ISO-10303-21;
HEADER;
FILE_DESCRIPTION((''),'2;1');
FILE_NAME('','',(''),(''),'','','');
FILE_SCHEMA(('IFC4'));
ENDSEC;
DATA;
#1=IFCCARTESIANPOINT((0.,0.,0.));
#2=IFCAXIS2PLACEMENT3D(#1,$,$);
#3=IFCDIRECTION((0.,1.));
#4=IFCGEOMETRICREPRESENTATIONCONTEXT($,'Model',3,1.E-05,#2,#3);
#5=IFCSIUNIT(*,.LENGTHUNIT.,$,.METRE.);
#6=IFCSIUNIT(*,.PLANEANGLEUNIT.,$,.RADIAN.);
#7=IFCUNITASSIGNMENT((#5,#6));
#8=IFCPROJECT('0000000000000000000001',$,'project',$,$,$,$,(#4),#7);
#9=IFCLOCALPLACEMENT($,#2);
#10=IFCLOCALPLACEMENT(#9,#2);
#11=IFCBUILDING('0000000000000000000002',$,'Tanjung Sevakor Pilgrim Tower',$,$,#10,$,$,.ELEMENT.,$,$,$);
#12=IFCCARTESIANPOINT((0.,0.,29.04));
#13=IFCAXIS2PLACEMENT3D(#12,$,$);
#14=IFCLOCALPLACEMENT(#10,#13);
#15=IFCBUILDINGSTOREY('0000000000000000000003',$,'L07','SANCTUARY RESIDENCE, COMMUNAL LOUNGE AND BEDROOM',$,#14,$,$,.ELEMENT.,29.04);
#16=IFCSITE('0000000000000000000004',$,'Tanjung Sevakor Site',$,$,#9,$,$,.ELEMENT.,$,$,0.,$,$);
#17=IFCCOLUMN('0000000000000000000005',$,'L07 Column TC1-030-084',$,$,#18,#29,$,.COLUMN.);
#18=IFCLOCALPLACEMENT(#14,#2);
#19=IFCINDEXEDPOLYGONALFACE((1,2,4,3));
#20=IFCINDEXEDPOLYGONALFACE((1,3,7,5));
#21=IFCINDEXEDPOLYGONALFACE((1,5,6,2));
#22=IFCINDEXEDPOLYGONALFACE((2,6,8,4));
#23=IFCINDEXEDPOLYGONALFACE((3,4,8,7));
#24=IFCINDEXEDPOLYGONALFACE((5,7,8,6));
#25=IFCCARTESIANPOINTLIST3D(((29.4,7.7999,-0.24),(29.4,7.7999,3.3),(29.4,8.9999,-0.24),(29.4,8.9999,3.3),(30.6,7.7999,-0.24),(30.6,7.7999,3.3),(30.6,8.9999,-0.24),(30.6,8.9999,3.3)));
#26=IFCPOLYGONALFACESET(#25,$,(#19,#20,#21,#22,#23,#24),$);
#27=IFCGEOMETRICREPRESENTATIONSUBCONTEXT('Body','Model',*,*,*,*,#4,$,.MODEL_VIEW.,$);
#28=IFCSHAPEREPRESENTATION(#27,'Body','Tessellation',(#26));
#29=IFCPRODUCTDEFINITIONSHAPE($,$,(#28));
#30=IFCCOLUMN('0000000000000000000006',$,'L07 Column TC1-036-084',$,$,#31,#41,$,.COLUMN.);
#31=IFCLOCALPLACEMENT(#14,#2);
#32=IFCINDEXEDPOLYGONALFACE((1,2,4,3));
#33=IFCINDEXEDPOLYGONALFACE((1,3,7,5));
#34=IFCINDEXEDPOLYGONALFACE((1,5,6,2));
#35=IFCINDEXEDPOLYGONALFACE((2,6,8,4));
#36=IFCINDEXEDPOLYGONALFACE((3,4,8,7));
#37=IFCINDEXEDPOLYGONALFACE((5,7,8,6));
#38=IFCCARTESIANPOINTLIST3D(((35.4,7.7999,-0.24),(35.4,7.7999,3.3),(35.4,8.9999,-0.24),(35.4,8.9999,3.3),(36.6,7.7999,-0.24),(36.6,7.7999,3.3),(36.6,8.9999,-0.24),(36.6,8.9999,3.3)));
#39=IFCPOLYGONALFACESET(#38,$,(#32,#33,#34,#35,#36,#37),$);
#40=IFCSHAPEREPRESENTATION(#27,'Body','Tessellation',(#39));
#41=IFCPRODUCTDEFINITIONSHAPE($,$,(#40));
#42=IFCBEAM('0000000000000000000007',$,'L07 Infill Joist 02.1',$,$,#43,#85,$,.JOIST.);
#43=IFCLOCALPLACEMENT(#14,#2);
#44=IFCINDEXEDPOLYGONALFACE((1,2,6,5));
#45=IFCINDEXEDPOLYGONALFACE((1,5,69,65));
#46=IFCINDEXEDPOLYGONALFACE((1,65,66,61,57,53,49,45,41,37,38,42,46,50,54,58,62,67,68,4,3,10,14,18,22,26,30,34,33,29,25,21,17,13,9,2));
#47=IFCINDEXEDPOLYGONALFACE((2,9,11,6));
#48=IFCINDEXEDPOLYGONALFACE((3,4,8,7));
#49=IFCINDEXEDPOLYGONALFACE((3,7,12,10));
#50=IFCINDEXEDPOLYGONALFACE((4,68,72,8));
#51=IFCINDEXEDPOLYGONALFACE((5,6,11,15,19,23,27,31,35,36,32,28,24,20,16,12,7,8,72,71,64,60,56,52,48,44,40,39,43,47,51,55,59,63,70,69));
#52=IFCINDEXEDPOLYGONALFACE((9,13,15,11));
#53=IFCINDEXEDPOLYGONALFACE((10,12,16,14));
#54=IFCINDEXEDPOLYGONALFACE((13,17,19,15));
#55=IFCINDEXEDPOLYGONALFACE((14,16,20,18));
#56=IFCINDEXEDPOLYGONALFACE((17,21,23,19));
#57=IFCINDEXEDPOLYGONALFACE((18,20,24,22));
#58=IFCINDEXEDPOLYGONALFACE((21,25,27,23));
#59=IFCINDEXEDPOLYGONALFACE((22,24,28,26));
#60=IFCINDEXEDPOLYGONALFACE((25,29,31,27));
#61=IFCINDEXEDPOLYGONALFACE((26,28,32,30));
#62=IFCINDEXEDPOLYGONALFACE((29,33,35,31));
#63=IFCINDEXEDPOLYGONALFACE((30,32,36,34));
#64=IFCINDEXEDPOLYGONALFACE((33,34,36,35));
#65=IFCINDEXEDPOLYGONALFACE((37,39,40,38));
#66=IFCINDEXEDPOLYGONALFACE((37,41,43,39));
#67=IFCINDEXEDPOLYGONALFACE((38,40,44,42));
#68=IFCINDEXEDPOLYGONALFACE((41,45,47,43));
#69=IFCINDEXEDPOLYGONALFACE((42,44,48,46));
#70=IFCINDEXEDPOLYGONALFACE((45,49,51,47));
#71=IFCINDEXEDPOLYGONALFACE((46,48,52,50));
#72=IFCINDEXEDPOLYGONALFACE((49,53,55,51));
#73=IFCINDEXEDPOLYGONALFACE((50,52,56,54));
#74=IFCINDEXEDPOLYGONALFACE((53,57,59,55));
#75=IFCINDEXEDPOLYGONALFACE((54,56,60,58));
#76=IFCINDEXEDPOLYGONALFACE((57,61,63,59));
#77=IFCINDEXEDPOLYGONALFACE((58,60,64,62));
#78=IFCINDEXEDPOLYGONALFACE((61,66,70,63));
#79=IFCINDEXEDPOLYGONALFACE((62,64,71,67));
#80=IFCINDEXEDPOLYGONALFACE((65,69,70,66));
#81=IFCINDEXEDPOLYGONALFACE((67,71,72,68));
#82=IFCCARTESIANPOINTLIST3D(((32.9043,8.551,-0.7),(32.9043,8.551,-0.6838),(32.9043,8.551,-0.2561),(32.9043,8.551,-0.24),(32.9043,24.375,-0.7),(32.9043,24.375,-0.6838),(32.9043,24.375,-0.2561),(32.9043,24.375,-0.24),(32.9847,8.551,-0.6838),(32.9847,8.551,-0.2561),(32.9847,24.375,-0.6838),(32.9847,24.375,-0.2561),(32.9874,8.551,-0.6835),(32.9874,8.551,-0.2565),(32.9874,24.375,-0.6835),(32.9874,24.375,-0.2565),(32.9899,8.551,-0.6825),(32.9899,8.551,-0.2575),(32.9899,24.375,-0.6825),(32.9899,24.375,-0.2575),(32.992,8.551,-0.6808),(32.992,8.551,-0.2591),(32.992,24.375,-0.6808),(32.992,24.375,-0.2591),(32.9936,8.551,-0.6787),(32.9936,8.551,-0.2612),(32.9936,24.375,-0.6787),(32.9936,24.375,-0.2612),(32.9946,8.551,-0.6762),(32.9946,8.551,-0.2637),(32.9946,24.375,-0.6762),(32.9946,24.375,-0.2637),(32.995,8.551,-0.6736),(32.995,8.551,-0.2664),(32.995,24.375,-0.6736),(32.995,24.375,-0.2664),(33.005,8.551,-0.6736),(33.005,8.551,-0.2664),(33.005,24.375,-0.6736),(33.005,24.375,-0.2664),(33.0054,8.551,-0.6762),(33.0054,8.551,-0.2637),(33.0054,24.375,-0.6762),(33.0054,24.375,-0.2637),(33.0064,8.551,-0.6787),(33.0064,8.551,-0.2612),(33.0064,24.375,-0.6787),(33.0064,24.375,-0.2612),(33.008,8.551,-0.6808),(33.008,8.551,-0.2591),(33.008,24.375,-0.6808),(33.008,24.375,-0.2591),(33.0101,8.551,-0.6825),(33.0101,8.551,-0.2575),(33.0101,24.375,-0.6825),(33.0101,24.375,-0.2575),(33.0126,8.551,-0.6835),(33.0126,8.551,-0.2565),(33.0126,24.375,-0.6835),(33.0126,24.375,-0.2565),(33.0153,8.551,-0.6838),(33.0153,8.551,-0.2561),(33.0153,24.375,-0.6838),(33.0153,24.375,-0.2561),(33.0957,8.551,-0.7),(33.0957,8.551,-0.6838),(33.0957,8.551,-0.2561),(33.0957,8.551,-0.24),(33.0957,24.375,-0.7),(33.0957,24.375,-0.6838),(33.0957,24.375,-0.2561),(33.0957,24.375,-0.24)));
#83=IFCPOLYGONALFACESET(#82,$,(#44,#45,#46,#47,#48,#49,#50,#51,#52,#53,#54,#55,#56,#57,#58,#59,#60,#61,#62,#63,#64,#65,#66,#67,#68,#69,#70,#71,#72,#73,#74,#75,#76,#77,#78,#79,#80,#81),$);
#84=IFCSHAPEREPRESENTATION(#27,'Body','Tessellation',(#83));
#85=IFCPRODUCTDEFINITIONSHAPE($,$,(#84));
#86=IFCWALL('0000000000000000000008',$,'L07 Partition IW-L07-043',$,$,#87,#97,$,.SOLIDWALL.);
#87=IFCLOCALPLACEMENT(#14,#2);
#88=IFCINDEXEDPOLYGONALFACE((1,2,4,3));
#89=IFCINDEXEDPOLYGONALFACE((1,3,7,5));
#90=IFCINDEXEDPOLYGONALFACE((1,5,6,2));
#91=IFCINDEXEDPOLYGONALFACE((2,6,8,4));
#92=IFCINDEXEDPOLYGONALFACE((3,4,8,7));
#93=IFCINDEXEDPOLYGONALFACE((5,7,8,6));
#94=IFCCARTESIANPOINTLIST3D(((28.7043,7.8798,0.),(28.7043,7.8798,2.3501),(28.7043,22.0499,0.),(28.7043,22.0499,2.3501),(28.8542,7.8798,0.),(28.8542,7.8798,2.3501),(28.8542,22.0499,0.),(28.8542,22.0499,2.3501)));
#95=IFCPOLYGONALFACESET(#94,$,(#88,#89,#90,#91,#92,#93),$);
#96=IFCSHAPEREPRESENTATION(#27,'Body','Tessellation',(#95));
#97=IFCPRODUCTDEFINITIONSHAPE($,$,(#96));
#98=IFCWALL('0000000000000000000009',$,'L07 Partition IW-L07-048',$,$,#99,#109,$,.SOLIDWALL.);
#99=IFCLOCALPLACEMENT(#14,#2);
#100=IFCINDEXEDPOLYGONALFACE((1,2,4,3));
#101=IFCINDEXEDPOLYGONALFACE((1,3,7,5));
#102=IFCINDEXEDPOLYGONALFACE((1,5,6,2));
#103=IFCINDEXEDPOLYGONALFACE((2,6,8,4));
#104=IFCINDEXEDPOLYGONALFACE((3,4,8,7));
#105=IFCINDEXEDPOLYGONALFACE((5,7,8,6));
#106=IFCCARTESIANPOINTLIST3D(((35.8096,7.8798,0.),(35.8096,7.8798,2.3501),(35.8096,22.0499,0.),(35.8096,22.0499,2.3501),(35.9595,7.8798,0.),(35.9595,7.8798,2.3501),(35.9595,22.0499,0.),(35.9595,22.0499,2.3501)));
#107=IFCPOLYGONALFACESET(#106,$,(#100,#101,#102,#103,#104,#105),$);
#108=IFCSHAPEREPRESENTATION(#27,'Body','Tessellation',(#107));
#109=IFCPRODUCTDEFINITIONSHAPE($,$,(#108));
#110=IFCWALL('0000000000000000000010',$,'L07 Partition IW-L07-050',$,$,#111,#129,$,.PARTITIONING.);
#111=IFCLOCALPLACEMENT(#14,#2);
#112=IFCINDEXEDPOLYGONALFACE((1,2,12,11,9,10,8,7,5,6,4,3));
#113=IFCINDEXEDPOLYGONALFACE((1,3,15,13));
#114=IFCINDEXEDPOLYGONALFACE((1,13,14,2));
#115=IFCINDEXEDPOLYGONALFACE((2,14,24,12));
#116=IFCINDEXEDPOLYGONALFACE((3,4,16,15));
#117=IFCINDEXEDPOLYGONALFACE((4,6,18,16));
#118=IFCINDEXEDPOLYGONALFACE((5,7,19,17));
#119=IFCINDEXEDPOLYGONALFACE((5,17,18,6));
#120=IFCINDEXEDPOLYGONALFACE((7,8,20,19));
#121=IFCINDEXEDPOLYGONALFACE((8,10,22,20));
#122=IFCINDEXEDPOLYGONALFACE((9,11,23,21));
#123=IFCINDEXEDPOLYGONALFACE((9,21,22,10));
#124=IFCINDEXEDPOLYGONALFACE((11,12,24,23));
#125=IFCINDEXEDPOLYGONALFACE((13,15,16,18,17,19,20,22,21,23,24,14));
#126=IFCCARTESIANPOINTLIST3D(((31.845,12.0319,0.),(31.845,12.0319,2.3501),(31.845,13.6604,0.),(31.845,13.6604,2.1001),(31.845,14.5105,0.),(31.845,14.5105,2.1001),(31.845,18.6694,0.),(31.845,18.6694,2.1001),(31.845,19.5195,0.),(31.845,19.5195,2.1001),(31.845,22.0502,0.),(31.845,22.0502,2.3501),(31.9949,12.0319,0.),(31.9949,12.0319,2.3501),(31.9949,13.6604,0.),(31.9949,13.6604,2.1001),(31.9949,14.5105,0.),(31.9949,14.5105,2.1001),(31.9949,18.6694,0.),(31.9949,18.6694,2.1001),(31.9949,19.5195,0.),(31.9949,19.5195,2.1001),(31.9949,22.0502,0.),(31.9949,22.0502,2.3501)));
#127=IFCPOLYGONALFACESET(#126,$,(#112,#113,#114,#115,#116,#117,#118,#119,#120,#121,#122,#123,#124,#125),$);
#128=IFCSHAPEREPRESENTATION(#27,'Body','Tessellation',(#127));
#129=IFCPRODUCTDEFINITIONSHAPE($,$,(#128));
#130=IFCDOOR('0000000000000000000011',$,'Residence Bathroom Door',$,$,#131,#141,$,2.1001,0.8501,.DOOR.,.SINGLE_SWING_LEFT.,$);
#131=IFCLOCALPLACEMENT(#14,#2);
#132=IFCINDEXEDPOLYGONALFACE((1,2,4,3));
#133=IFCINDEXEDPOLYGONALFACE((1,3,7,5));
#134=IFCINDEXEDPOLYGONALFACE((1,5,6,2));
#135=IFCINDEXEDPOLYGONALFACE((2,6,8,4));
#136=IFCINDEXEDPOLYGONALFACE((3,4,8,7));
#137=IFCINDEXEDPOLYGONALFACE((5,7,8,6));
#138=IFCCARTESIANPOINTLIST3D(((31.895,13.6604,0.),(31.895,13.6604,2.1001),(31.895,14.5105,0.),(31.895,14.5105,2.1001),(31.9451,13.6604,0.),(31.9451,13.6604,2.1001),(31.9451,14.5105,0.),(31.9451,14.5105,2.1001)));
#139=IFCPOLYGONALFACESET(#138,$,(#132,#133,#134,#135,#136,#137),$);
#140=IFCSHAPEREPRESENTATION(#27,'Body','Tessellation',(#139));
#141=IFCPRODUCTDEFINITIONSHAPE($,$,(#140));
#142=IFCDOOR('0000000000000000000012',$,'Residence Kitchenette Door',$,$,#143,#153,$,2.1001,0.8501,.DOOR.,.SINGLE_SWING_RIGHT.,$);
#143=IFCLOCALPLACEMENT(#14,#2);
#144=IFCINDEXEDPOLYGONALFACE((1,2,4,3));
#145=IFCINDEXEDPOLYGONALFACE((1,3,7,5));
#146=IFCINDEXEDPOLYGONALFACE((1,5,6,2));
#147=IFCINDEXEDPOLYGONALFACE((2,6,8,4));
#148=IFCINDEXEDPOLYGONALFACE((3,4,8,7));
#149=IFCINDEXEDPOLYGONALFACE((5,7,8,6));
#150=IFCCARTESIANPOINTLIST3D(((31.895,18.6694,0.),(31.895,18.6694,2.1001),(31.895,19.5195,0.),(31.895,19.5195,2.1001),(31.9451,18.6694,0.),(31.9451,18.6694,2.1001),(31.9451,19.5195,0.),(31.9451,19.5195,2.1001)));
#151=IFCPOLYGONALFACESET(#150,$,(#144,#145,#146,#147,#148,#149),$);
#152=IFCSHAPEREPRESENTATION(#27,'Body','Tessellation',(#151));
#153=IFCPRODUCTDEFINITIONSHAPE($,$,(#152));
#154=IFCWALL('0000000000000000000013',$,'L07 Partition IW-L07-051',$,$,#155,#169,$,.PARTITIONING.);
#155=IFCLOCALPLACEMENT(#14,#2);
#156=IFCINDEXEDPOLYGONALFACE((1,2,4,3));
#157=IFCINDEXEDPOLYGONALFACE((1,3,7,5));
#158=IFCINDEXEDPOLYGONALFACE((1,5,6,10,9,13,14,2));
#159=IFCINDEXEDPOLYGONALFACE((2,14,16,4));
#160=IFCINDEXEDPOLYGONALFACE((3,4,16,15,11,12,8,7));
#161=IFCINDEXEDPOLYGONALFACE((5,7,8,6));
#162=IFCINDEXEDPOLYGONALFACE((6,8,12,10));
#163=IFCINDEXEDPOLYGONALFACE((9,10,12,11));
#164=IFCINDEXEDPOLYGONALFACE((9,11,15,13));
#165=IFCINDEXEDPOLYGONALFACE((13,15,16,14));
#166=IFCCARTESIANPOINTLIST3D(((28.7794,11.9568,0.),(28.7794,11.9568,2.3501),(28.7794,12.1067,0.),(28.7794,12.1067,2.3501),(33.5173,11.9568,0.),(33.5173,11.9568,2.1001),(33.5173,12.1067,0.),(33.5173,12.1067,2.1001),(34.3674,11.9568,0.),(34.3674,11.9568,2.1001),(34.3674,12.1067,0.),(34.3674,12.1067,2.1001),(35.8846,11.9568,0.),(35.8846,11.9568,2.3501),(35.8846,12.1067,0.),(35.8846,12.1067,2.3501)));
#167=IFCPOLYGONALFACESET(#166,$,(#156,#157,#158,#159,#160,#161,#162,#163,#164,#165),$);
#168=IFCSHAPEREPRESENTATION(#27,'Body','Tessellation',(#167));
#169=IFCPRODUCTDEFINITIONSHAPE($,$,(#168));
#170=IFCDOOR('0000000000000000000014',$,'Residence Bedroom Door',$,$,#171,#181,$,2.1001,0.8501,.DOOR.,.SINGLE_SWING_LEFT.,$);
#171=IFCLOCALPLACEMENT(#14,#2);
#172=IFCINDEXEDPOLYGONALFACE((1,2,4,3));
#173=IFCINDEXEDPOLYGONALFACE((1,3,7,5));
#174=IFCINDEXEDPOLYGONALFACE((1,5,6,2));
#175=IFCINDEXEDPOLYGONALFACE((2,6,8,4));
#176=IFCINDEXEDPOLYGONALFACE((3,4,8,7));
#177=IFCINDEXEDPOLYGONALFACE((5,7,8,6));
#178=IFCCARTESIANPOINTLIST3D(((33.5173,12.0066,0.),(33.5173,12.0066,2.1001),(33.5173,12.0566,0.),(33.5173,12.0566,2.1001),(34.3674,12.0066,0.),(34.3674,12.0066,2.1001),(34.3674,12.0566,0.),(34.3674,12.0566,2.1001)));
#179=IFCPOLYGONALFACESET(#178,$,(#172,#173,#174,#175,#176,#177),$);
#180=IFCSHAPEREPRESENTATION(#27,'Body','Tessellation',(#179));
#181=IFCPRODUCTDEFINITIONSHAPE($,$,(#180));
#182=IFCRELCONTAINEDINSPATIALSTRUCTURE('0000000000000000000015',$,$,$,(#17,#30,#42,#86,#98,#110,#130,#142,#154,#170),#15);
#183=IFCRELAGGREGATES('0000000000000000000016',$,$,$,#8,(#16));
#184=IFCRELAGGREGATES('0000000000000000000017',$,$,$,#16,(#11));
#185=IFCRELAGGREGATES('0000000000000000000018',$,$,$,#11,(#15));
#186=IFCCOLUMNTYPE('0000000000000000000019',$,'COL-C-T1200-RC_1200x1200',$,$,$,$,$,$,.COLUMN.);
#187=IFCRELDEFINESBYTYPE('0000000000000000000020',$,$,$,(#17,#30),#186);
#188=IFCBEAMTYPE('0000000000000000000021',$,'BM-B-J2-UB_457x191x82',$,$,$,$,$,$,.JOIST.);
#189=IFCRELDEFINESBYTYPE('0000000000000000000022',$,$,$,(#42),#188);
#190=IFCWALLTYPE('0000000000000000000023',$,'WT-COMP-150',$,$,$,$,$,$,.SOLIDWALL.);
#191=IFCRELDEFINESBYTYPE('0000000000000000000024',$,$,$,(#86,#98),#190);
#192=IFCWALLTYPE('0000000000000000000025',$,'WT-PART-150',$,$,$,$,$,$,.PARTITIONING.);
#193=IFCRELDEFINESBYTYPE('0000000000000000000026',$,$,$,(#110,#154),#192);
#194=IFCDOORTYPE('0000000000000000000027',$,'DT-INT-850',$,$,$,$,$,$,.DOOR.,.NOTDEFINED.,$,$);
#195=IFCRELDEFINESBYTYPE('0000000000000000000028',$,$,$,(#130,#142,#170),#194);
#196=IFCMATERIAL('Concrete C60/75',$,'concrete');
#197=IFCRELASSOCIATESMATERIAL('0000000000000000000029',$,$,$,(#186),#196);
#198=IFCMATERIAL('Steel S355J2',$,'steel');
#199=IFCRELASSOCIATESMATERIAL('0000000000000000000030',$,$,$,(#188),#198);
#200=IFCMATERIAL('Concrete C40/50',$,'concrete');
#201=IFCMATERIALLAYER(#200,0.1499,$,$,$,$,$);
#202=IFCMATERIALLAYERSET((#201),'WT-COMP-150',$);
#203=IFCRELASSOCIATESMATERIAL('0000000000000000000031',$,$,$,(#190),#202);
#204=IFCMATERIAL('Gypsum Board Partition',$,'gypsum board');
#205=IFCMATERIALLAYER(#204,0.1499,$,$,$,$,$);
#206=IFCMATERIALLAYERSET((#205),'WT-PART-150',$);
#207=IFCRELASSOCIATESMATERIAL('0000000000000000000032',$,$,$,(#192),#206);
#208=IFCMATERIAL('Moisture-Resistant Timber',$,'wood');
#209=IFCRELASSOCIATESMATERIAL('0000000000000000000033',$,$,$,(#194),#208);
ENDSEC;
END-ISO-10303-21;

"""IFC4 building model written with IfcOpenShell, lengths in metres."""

from ifc_helpers import new_model, si_unit, direction, frame, frame_2d, origin, origin_2d, place, context, subcontext, project, spatial, rectangle, i_section, extrude, material, layer, layer_set, material_profile, profile_set, type_object, element, fill, save


model = new_model("IFC4")

# Units and contexts
model_context = context("Model", 3, precision=1e-05, world=origin(), true_north=direction((0.0, 1.0)))
body_context = subcontext(model_context, "Body", "Model", "MODEL_VIEW")
ifc_project = project(units=[si_unit("LENGTHUNIT", "METRE"), si_unit("PLANEANGLEUNIT", "RADIAN")], contexts=[model_context])

# Site, building, storey
site_placement = place(None, origin())
site = spatial("IfcSite", under=ifc_project, at=site_placement, Name="Tanjung Sevakor Site", CompositionType="ELEMENT", RefElevation=0.0)
building_placement = place(site_placement, origin())
building = spatial("IfcBuilding", under=site, at=building_placement, Name="Tanjung Sevakor Pilgrim Tower", CompositionType="ELEMENT")
storey_placement = place(building_placement, frame((0.0, 0.0, 29.04)))
storey = spatial("IfcBuildingStorey", under=building, at=storey_placement, Name="L07", Description="SANCTUARY RESIDENCE, COMMUNAL LOUNGE AND BEDROOM", CompositionType="ELEMENT", Elevation=29.04)

# Columns
ifc_material_1 = material(Name="Concrete C60/75", Category="concrete")
ifc_material_profile_1 = material_profile(ifc_material_1, rectangle(XDim=1.2, YDim=1.2, at=origin_2d()))
ifc_profile_set_1 = profile_set([ifc_material_profile_1], Name="Concrete C60/75")
column_type = type_object("IfcColumnType", Name="COL-C-T1200-RC_1200x1200", PredefinedType="COLUMN", material=ifc_profile_set_1)
for number, where, z_axis, x_axis, name in (
    (1, (30.0, 8.3999, -0.24), (0.0, 0.0, 1.0), (1.0, 0.0, 0.0), "L07 Column TC1-030-084"),
    (2, (36.0, 8.3999, -0.24), (0.0, 0.0, 1.0), (1.0, 0.0, 0.0), "L07 Column TC1-036-084"),
):
    element("IfcColumn", number, at=place(storey_placement, frame(where, z_axis=z_axis, x_axis=x_axis)), inside=storey, type_object=column_type, Name=name, PredefinedType="COLUMN", context=body_context, shape_type="SweptSolid", body=[
        extrude(rectangle(XDim=1.2, YDim=1.2, at=origin_2d()), origin(), (0.0, 0.0, 1.0), 3.54),
    ])

# Beam
ifc_material_2 = material(Name="Steel S355J2", Category="steel")
ifc_material_profile_2 = material_profile(ifc_material_2, i_section(OverallWidth=0.1914, OverallDepth=0.46, WebThickness=0.01, FlangeThickness=0.0161, FilletRadius=0.0103, at=origin_2d()))
ifc_profile_set_2 = profile_set([ifc_material_profile_2], Name="Steel S355J2")
beam_type = type_object("IfcBeamType", Name="BM-B-J2-UB_457x191x82", PredefinedType="JOIST", material=ifc_profile_set_2)
beam_placement = place(storey_placement, frame((33.0, 8.551, -0.47), z_axis=(0.0, 1.0, 0.0), x_axis=(-1.0, 0.0, 0.0)))
element("IfcBeam", 3, at=beam_placement, inside=storey, type_object=beam_type, Name="L07 Infill Joist 02.1", PredefinedType="JOIST", context=body_context, shape_type="SweptSolid", body=[
    extrude(i_section(OverallWidth=0.1914, OverallDepth=0.46, WebThickness=0.01, FlangeThickness=0.0161, FilletRadius=0.0103, at=origin_2d()), origin(), (0.0, 0.0, 1.0), 15.824),
])

# Walls
ifc_material_3 = material(Name="Concrete C40/50", Category="concrete")
ifc_layer_1 = layer(ifc_material_3, 0.1499)
ifc_layer_set_1 = layer_set([ifc_layer_1], Name="WT-COMP-150")
wall_type_1 = type_object("IfcWallType", Name="WT-COMP-150", PredefinedType="SOLIDWALL", material=ifc_layer_set_1)
for number, where, z_axis, x_axis, name in (
    (4, (28.7793, 7.8799, 0.0), (0.0, 0.0, 1.0), (0.0, 1.0, 0.0), "L07 Partition IW-L07-043"),
    (5, (35.8845, 7.8799, 0.0), (0.0, 0.0, 1.0), (0.0, 1.0, 0.0), "L07 Partition IW-L07-048"),
):
    element("IfcWall", number, at=place(storey_placement, frame(where, z_axis=z_axis, x_axis=x_axis)), inside=storey, type_object=wall_type_1, Name=name, PredefinedType="SOLIDWALL", context=body_context, shape_type="SweptSolid", body=[
        extrude(rectangle(XDim=14.1702, YDim=0.1499, at=frame_2d((7.085, 0.0))), origin(), (0.0, 0.0, 1.0), 2.3501),
    ])

# Wall, openings, doors
ifc_material_4 = material(Name="Gypsum Board Partition", Category="gypsum board")
ifc_layer_2 = layer(ifc_material_4, 0.1499)
ifc_layer_set_2 = layer_set([ifc_layer_2], Name="WT-PART-150")
wall_type_2 = type_object("IfcWallType", Name="WT-PART-150", PredefinedType="PARTITIONING", material=ifc_layer_set_2)
wall_1_placement = place(storey_placement, frame((31.9199, 12.0317, 0.0), z_axis=(0.0, 0.0, 1.0), x_axis=(0.0, 1.0, 0.0)))
wall_1 = element("IfcWall", 6, at=wall_1_placement, inside=storey, type_object=wall_type_2, Name="L07 Partition IW-L07-050", PredefinedType="PARTITIONING", context=body_context, shape_type="SweptSolid", body=[
    extrude(rectangle(XDim=10.0183, YDim=0.1499, at=frame_2d((5.0093, 0.0))), origin(), (0.0, 0.0, 1.0), 2.3501),
])
opening_1_placement = place(wall_1_placement, frame((1.6287, 0.0, 0.0)))
opening_1 = element("IfcOpeningElement", 7, at=opening_1_placement, cuts=wall_1, PredefinedType="OPENING", context=body_context, shape_type="SweptSolid", body=[
    extrude(rectangle(XDim=0.8501, YDim=2.1001, at=frame_2d((0.425, 1.05))), frame((0.0, 0.085, 0.0), z_axis=(0.0, -1.0, 0.0), x_axis=(1.0, 0.0, 0.0)), (0.0, 0.0, 1.0), 0.1699),
])
opening_2_placement = place(wall_1_placement, frame((6.6377, 0.0, 0.0)))
opening_2 = element("IfcOpeningElement", 8, at=opening_2_placement, cuts=wall_1, PredefinedType="OPENING", context=body_context, shape_type="SweptSolid", body=[
    extrude(rectangle(XDim=0.8501, YDim=2.1001, at=frame_2d((0.425, 1.05))), frame((0.0, 0.085, 0.0), z_axis=(0.0, -1.0, 0.0), x_axis=(1.0, 0.0, 0.0)), (0.0, 0.0, 1.0), 0.1699),
])
ifc_material_5 = material(Name="Moisture-Resistant Timber", Category="wood")
door_type = type_object("IfcDoorType", Name="DT-INT-850", OperationType="NOTDEFINED", PredefinedType="DOOR", material=ifc_material_5)
door_1_placement = place(opening_1_placement, origin())
door_1 = element("IfcDoor", 9, at=door_1_placement, inside=storey, type_object=door_type, Name="Residence Bathroom Door", OperationType="SINGLE_SWING_LEFT", OverallHeight=2.1001, OverallWidth=0.8501, PredefinedType="DOOR", context=body_context, shape_type="SweptSolid", body=[
    extrude(rectangle(XDim=0.8501, YDim=2.1001, at=frame_2d((0.425, 1.05))), frame((0.0, 0.0249, 0.0), z_axis=(0.0, -1.0, 0.0), x_axis=(1.0, 0.0, 0.0)), (0.0, 0.0, 1.0), 0.05),
])
fill(opening_1, door_1)
door_2_placement = place(opening_2_placement, origin())
door_2 = element("IfcDoor", 10, at=door_2_placement, inside=storey, type_object=door_type, Name="Residence Kitchenette Door", OperationType="SINGLE_SWING_RIGHT", OverallHeight=2.1001, OverallWidth=0.8501, PredefinedType="DOOR", context=body_context, shape_type="SweptSolid", body=[
    extrude(rectangle(XDim=0.8501, YDim=2.1001, at=frame_2d((0.425, 1.05))), frame((0.0, 0.0249, 0.0), z_axis=(0.0, -1.0, 0.0), x_axis=(1.0, 0.0, 0.0)), (0.0, 0.0, 1.0), 0.05),
])
fill(opening_2, door_2)

# Wall, opening, door
wall_2_placement = place(storey_placement, frame((28.7793, 12.0317, 0.0), z_axis=(0.0, 0.0, 1.0), x_axis=(1.0, 0.0, 0.0)))
wall_2 = element("IfcWall", 11, at=wall_2_placement, inside=storey, type_object=wall_type_2, Name="L07 Partition IW-L07-051", PredefinedType="PARTITIONING", context=body_context, shape_type="SweptSolid", body=[
    extrude(rectangle(XDim=7.1052, YDim=0.1499, at=frame_2d((3.5527, 0.0))), origin(), (0.0, 0.0, 1.0), 2.3501),
])
opening_3_placement = place(wall_2_placement, frame((4.738, 0.0, 0.0)))
opening_3 = element("IfcOpeningElement", 12, at=opening_3_placement, cuts=wall_2, PredefinedType="OPENING", context=body_context, shape_type="SweptSolid", body=[
    extrude(rectangle(XDim=0.8501, YDim=2.1001, at=frame_2d((0.425, 1.05))), frame((0.0, 0.085, 0.0), z_axis=(0.0, -1.0, 0.0), x_axis=(1.0, 0.0, 0.0)), (0.0, 0.0, 1.0), 0.1699),
])
door_3_placement = place(opening_3_placement, origin())
door_3 = element("IfcDoor", 13, at=door_3_placement, inside=storey, type_object=door_type, Name="Residence Bedroom Door", OperationType="SINGLE_SWING_LEFT", OverallHeight=2.1001, OverallWidth=0.8501, PredefinedType="DOOR", context=body_context, shape_type="SweptSolid", body=[
    extrude(rectangle(XDim=0.8501, YDim=2.1001, at=frame_2d((0.425, 1.05))), frame((0.0, 0.0249, 0.0), z_axis=(0.0, -1.0, 0.0), x_axis=(1.0, 0.0, 0.0)), (0.0, 0.0, 1.0), 0.05),
])
fill(opening_3, door_3)

save(model, "model.ifc")
